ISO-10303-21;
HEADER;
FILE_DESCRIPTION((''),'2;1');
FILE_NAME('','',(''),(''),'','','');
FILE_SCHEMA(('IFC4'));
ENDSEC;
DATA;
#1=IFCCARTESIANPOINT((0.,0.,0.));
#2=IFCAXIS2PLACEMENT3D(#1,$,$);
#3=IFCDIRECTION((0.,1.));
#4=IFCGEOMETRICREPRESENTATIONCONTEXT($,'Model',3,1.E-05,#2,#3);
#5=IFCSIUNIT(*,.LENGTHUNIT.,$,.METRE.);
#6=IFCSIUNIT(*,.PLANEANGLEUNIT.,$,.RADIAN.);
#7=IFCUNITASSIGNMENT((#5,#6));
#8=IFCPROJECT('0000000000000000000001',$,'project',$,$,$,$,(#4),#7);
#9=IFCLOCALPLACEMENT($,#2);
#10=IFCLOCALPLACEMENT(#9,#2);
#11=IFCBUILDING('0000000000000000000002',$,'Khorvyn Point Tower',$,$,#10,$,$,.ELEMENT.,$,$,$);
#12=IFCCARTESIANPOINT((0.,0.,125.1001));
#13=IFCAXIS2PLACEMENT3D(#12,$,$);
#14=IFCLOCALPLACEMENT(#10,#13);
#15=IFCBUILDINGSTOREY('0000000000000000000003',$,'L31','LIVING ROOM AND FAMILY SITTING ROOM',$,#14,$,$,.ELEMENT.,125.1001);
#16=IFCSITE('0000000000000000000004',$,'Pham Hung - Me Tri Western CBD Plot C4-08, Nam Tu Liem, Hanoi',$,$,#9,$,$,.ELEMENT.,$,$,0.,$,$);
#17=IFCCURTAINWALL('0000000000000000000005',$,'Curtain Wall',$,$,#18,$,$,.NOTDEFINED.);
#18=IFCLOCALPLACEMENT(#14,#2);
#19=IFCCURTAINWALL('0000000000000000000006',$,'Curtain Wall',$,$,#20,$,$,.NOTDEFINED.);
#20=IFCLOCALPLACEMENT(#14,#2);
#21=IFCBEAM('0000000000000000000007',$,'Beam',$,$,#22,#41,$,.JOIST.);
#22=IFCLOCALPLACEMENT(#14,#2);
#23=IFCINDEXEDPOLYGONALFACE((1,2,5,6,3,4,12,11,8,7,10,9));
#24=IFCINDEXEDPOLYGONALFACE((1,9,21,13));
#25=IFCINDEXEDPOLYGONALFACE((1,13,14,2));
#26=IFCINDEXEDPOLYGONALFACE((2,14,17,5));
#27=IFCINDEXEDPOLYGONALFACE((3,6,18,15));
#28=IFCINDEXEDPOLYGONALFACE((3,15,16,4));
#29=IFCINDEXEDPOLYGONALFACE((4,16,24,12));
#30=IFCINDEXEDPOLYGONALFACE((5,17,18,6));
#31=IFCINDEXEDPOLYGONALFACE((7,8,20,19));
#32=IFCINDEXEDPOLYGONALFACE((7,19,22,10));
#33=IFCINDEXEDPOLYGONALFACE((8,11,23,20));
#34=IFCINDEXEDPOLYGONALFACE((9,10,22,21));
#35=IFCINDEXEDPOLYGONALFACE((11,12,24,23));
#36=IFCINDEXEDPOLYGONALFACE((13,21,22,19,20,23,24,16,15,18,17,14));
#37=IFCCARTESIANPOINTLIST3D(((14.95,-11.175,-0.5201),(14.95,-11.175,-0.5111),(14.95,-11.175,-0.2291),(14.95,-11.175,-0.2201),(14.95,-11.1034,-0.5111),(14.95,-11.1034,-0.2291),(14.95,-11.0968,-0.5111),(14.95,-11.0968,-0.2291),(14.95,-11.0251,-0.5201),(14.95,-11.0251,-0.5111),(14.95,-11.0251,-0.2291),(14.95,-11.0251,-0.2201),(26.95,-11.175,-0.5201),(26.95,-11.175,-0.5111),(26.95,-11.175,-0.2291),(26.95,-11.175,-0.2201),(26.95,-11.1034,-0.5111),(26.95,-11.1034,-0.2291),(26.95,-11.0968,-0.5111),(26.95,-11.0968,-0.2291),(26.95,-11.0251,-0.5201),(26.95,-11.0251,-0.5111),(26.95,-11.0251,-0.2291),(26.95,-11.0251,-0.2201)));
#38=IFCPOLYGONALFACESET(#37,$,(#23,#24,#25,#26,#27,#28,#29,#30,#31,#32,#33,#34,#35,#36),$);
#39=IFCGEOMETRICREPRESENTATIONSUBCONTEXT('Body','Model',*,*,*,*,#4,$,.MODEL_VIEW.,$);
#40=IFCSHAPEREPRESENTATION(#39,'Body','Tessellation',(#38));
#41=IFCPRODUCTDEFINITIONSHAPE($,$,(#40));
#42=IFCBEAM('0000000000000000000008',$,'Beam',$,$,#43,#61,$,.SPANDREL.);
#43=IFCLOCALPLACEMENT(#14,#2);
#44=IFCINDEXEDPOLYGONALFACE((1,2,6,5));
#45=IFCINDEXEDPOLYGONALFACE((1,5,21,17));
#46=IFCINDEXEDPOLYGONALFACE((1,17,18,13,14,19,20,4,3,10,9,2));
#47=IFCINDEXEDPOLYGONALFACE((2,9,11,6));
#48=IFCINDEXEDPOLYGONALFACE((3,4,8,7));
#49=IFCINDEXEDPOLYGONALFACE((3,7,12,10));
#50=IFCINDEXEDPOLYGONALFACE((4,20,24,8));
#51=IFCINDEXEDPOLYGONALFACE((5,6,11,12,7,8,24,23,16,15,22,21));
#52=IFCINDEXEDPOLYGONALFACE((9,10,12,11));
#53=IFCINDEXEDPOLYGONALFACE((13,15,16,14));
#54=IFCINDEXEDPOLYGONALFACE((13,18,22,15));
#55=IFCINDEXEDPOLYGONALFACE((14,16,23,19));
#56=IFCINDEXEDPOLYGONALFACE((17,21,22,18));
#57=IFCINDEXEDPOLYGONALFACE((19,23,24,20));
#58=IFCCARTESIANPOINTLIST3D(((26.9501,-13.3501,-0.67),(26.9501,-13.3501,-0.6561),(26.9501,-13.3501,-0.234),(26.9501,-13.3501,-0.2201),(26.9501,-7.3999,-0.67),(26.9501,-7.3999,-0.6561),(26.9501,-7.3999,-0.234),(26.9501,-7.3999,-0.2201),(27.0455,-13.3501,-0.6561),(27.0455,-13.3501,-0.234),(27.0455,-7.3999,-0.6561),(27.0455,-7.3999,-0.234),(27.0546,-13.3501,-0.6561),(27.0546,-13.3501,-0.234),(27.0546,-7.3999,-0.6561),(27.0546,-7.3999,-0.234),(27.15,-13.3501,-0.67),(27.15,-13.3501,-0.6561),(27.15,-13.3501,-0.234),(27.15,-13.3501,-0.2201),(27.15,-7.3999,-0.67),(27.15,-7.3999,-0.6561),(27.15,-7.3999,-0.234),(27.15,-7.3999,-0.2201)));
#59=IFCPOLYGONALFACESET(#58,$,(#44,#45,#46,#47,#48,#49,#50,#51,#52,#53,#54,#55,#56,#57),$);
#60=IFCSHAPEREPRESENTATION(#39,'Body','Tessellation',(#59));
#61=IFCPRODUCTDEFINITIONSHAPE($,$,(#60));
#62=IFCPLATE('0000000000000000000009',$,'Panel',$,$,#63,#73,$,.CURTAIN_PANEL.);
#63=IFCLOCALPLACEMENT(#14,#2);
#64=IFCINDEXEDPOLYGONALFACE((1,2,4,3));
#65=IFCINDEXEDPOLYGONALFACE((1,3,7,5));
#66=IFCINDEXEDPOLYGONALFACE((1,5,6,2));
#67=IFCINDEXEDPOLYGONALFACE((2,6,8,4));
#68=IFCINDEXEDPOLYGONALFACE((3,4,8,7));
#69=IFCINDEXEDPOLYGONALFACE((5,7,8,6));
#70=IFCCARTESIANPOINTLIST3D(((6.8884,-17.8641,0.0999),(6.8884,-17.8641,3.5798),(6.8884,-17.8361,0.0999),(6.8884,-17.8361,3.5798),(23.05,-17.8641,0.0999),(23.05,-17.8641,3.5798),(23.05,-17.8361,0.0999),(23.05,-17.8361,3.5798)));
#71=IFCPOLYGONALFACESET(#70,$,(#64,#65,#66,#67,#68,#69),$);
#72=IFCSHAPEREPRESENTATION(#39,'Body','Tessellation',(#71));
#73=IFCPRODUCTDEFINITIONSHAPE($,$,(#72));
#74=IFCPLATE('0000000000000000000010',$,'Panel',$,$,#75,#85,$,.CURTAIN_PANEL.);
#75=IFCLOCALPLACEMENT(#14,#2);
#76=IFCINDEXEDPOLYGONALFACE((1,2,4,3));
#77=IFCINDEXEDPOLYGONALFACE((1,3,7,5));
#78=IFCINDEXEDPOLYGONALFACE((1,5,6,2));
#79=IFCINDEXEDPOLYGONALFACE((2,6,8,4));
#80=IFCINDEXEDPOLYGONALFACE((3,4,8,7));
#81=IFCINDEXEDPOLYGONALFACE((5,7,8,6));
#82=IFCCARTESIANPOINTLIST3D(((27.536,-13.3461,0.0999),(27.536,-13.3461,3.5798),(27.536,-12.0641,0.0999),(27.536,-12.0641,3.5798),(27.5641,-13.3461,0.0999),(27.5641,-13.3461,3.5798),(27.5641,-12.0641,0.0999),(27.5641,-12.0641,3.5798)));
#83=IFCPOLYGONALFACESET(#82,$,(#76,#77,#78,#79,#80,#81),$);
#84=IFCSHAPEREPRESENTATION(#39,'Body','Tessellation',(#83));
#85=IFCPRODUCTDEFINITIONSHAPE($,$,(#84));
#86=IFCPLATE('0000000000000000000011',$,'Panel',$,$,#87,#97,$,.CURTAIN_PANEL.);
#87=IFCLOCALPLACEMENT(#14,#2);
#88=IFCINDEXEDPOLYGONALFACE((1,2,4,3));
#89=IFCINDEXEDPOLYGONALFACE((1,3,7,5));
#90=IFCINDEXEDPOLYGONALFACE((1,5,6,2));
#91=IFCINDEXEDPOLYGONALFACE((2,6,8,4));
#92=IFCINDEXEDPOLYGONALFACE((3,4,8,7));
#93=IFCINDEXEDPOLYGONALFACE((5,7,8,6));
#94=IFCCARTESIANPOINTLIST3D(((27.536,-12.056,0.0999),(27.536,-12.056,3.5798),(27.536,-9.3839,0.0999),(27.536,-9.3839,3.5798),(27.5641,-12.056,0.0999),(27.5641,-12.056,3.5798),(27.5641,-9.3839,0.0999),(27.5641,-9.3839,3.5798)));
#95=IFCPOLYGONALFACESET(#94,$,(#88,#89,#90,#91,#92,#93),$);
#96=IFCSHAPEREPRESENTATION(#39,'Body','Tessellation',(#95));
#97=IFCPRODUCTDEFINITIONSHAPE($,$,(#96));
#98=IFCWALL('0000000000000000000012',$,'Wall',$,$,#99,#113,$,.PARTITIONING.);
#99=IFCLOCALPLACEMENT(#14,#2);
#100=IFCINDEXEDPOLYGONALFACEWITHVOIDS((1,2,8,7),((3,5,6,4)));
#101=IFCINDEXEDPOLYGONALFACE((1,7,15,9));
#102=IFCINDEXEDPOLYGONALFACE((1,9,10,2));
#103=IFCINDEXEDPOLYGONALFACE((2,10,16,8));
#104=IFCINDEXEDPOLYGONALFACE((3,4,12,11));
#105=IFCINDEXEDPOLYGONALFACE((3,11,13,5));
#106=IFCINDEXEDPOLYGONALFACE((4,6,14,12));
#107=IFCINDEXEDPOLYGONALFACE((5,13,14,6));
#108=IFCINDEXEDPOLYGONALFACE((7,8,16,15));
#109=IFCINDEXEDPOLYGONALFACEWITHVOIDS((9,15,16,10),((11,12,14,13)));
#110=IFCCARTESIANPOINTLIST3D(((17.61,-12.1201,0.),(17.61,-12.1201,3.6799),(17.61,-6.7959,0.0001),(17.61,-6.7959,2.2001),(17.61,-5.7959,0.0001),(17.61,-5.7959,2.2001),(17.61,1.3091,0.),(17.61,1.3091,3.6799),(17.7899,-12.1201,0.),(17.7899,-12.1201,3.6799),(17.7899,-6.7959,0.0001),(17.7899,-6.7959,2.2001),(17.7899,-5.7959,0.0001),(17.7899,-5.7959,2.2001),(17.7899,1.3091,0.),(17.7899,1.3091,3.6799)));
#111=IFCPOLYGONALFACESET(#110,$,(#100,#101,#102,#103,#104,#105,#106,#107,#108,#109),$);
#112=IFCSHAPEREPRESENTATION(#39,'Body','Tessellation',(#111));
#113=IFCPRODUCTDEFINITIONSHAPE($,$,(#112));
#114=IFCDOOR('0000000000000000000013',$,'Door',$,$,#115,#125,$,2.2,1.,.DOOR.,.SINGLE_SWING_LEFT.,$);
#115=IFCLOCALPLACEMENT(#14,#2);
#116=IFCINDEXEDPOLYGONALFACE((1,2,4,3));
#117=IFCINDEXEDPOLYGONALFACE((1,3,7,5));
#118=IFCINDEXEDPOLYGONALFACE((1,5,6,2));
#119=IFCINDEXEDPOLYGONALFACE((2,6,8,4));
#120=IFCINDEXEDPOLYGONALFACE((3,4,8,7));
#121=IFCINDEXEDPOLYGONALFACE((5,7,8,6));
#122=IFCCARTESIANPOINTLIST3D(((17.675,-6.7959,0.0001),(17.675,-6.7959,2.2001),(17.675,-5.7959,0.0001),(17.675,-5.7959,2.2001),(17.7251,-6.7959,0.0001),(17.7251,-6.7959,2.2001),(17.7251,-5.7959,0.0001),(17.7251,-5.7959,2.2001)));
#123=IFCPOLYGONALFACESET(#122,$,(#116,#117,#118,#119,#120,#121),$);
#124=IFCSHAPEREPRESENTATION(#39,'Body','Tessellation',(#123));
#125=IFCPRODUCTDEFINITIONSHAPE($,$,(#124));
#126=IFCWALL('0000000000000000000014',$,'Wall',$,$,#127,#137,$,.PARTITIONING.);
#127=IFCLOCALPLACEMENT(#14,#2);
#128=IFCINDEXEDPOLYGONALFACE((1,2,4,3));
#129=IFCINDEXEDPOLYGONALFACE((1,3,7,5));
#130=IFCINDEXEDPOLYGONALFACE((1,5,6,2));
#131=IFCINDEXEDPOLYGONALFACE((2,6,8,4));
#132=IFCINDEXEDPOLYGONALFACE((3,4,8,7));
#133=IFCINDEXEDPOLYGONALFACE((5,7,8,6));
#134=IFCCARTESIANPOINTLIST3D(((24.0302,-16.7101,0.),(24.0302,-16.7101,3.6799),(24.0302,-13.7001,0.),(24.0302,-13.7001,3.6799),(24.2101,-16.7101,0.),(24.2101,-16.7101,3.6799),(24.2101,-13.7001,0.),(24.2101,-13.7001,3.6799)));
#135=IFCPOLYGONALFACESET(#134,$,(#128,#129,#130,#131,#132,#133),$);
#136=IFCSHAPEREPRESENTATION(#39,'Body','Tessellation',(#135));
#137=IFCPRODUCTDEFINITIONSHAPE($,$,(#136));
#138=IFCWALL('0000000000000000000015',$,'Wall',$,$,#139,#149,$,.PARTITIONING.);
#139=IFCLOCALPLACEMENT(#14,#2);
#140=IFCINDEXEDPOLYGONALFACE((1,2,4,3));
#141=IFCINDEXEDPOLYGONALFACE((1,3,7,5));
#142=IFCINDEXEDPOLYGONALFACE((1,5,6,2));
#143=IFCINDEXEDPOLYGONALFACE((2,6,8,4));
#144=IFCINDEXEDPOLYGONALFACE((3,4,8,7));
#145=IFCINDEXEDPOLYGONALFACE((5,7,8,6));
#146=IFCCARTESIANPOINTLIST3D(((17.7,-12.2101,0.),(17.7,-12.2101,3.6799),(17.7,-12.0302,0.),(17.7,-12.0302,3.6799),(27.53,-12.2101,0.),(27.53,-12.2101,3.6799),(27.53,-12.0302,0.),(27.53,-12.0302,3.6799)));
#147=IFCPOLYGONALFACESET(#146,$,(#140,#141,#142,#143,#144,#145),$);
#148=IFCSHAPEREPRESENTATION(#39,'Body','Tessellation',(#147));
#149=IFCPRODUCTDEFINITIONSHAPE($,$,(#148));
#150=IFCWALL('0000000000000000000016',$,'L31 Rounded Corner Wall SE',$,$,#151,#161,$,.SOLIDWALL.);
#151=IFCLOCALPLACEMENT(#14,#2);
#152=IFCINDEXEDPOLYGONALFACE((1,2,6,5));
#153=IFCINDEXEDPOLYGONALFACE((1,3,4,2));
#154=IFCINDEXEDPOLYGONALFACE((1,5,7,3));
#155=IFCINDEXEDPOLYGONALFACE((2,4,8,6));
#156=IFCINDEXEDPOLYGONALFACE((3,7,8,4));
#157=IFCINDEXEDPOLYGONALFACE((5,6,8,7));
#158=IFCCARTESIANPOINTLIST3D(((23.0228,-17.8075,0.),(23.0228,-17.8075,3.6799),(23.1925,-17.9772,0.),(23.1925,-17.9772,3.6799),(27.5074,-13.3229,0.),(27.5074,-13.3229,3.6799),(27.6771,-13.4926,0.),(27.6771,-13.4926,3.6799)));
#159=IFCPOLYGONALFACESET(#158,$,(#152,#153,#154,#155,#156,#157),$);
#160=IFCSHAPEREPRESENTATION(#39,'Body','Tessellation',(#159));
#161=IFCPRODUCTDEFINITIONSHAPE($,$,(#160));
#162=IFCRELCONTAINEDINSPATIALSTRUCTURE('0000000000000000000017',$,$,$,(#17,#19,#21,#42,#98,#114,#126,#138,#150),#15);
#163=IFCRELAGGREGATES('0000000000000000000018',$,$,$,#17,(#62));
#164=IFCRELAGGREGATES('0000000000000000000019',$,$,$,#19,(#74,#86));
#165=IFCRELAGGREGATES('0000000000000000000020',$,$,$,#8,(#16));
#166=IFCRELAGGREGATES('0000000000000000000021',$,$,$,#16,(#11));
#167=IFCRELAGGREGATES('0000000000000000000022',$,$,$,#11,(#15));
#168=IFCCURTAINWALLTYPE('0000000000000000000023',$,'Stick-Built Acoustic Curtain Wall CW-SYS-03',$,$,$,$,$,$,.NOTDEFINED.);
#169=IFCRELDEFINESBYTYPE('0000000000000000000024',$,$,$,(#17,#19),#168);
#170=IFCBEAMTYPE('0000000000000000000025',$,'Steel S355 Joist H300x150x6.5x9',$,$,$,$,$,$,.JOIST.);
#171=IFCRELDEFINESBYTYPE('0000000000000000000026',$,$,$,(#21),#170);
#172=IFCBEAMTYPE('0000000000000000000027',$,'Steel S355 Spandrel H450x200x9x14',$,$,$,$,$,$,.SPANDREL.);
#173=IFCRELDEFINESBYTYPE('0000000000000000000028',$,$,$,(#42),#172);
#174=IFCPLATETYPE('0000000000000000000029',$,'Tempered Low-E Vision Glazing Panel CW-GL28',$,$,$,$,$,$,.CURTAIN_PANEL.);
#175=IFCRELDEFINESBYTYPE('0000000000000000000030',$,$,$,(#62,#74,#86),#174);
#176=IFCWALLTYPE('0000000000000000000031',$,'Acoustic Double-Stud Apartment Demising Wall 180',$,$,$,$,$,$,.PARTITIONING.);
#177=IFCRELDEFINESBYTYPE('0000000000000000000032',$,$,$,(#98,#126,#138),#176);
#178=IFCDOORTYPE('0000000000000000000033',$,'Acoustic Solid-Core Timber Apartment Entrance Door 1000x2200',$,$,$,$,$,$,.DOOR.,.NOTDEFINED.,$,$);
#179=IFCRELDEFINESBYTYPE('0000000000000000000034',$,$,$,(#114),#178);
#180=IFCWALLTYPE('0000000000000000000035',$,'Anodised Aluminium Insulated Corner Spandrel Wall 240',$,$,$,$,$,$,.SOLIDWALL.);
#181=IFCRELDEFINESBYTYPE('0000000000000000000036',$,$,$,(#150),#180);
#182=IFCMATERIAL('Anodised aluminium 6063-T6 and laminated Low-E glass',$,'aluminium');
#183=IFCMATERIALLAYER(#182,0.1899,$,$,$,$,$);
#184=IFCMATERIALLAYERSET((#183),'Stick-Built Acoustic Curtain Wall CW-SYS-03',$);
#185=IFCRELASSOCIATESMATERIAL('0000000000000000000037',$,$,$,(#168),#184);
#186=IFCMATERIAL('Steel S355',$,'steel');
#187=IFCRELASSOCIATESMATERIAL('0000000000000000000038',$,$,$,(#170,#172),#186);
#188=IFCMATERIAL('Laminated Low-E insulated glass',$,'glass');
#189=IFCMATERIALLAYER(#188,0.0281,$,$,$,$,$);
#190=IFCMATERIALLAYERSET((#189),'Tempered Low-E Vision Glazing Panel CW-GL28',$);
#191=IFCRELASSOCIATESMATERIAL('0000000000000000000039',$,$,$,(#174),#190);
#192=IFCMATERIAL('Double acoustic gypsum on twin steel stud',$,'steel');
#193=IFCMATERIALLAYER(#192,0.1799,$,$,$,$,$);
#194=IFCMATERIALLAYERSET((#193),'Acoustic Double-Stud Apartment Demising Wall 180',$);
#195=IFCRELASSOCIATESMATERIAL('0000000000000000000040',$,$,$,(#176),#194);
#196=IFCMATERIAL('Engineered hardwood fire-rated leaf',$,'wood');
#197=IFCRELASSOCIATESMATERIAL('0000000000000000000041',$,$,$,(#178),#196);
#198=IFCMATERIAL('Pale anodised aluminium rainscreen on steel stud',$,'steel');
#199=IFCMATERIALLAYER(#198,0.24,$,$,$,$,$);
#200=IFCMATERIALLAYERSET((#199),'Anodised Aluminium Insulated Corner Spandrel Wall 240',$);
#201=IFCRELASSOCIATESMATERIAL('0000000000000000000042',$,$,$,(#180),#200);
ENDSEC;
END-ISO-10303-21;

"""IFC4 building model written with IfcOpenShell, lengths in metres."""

from ifc_helpers import new_model, si_unit, direction, frame, frame_2d, origin, origin_2d, place, context, subcontext, project, spatial, rectangle, i_section, extrude, material, layer, layer_set, material_profile, profile_set, type_object, element, fill, aggregate, save


model = new_model("IFC4")

# Units and contexts
model_context = context("Model", 3, precision=1e-05, world=origin(), true_north=direction((0.0, 1.0)))
body_context = subcontext(model_context, "Body", "Model", "MODEL_VIEW")
ifc_project = project(units=[si_unit("LENGTHUNIT", "METRE"), si_unit("PLANEANGLEUNIT", "RADIAN")], contexts=[model_context])

# Site, building, storey
site_placement = place(None, origin())
site = spatial("IfcSite", under=ifc_project, at=site_placement, Name="Pham Hung - Me Tri Western CBD Plot C4-08, Nam Tu Liem, Hanoi", CompositionType="ELEMENT", RefElevation=0.0)
building_placement = place(site_placement, origin())
building = spatial("IfcBuilding", under=site, at=building_placement, Name="Khorvyn Point Tower", CompositionType="ELEMENT")
storey_placement = place(building_placement, frame((0.0, 0.0, 125.1001)))
storey = spatial("IfcBuildingStorey", under=building, at=storey_placement, Name="L31", Description="LIVING ROOM AND FAMILY SITTING ROOM", CompositionType="ELEMENT", Elevation=125.1001)

# Curtain walls
ifc_material_1 = material(Name="Anodised aluminium 6063-T6 and laminated Low-E glass", Category="aluminium")
ifc_layer_1 = layer(ifc_material_1, 0.1899)
ifc_layer_set_1 = layer_set([ifc_layer_1], Name="Stick-Built Acoustic Curtain Wall CW-SYS-03")
curtain_wall_type = type_object("IfcCurtainWallType", Name="Stick-Built Acoustic Curtain Wall CW-SYS-03", PredefinedType="NOTDEFINED", material=ifc_layer_set_1)
curtain_wall_1_placement = place(storey_placement, origin())
curtain_wall_1 = element("IfcCurtainWall", 1, at=curtain_wall_1_placement, inside=storey, type_object=curtain_wall_type, Name="Curtain Wall", PredefinedType="NOTDEFINED")
curtain_wall_2_placement = place(storey_placement, origin())
curtain_wall_2 = element("IfcCurtainWall", 2, at=curtain_wall_2_placement, inside=storey, type_object=curtain_wall_type, Name="Curtain Wall", PredefinedType="NOTDEFINED")

# Beams
ifc_material_2 = material(Name="Steel S355", Category="steel")
ifc_material_profile_1 = material_profile(ifc_material_2, i_section(OverallWidth=0.1499, OverallDepth=0.3, WebThickness=0.0066, FlangeThickness=0.009, at=origin_2d()))
ifc_profile_set_1 = profile_set([ifc_material_profile_1], Name="Steel S355 H300x150x6.5x9")
beam_type_1 = type_object("IfcBeamType", Name="Steel S355 Joist H300x150x6.5x9", PredefinedType="JOIST", material=ifc_profile_set_1)
beam_1_placement = place(storey_placement, frame((14.95, -11.1001, -0.3701), z_axis=(1.0, 0.0, 0.0), x_axis=(0.0, 1.0, 0.0)))
element("IfcBeam", 3, at=beam_1_placement, inside=storey, type_object=beam_type_1, Name="Beam", PredefinedType="JOIST", context=body_context, shape_type="SweptSolid", body=[
    extrude(i_section(OverallWidth=0.1499, OverallDepth=0.3, WebThickness=0.0066, FlangeThickness=0.009, at=origin_2d()), origin(), (0.0, 0.0, 1.0), 12.0),
])
ifc_material_profile_2 = material_profile(ifc_material_2, i_section(OverallWidth=0.2, OverallDepth=0.45, WebThickness=0.009, FlangeThickness=0.0139, at=origin_2d()))
ifc_profile_set_2 = profile_set([ifc_material_profile_2], Name="Steel S355 H450x200x9x14")
beam_type_2 = type_object("IfcBeamType", Name="Steel S355 Spandrel H450x200x9x14", PredefinedType="SPANDREL", material=ifc_profile_set_2)
beam_2_placement = place(storey_placement, frame((27.05, -13.3501, -0.4451), z_axis=(0.0, 1.0, 0.0), x_axis=(-1.0, 0.0, 0.0)))
element("IfcBeam", 4, at=beam_2_placement, inside=storey, type_object=beam_type_2, Name="Beam", PredefinedType="SPANDREL", context=body_context, shape_type="SweptSolid", body=[
    extrude(i_section(OverallWidth=0.2, OverallDepth=0.45, WebThickness=0.009, FlangeThickness=0.0139, at=origin_2d()), origin(), (0.0, 0.0, 1.0), 5.9502),
])

# Plates
ifc_material_3 = material(Name="Laminated Low-E insulated glass", Category="glass")
ifc_layer_2 = layer(ifc_material_3, 0.0281)
ifc_layer_set_2 = layer_set([ifc_layer_2], Name="Tempered Low-E Vision Glazing Panel CW-GL28")
plate_type = type_object("IfcPlateType", Name="Tempered Low-E Vision Glazing Panel CW-GL28", PredefinedType="CURTAIN_PANEL", material=ifc_layer_set_2)
plate_1_placement = place(storey_placement, frame((14.9692, -17.8501, 0.0999), z_axis=(0.0, 0.0, 1.0), x_axis=(-1.0, 0.0, 0.0)))
plate_1 = element("IfcPlate", 5, at=plate_1_placement, type_object=plate_type, Name="Panel", PredefinedType="CURTAIN_PANEL", context=body_context, shape_type="SweptSolid", body=[
    extrude(rectangle(XDim=16.1616, YDim=0.0281, at=origin_2d()), origin(), (0.0, 0.0, 1.0), 3.48),
])
aggregate(curtain_wall_1, [plate_1])
plate_2_placement = place(storey_placement, frame((27.55, -12.7051, 0.0999), z_axis=(0.0, 0.0, 1.0), x_axis=(0.0, -1.0, 0.0)))
plate_2 = element("IfcPlate", 6, at=plate_2_placement, type_object=plate_type, Name="Panel", PredefinedType="CURTAIN_PANEL", context=body_context, shape_type="SweptSolid", body=[
    extrude(rectangle(XDim=1.282, YDim=0.0281, at=origin_2d()), origin(), (0.0, 0.0, 1.0), 3.48),
])
plate_3_placement = place(storey_placement, frame((27.55, -10.72, 0.0999), z_axis=(0.0, 0.0, 1.0), x_axis=(0.0, -1.0, 0.0)))
plate_3 = element("IfcPlate", 7, at=plate_3_placement, type_object=plate_type, Name="Panel", PredefinedType="CURTAIN_PANEL", context=body_context, shape_type="SweptSolid", body=[
    extrude(rectangle(XDim=2.6721, YDim=0.0281, at=origin_2d()), origin(), (0.0, 0.0, 1.0), 3.48),
])
aggregate(curtain_wall_2, [plate_2, plate_3])

# Wall, opening, door
ifc_material_4 = material(Name="Double acoustic gypsum on twin steel stud", Category="steel")
ifc_layer_3 = layer(ifc_material_4, 0.1799)
ifc_layer_set_3 = layer_set([ifc_layer_3], Name="Acoustic Double-Stud Apartment Demising Wall 180")
wall_type_1 = type_object("IfcWallType", Name="Acoustic Double-Stud Apartment Demising Wall 180", PredefinedType="PARTITIONING", material=ifc_layer_set_3)
wall_1_placement = place(storey_placement, frame((17.7, -12.1201, 0.0), z_axis=(0.0, 0.0, 1.0), x_axis=(0.0, 1.0, 0.0)))
wall_1 = element("IfcWall", 8, at=wall_1_placement, inside=storey, type_object=wall_type_1, Name="Wall", PredefinedType="PARTITIONING", context=body_context, shape_type="SweptSolid", body=[
    extrude(rectangle(XDim=13.4292, YDim=0.1799, at=frame_2d((6.7146, 0.0))), origin(), (0.0, 0.0, 1.0), 3.6799),
])
opening_1_placement = place(wall_1_placement, frame((5.3242, 0.0, 0.0)))
opening_1 = element("IfcOpeningElement", 9, at=opening_1_placement, cuts=wall_1, PredefinedType="OPENING", context=body_context, shape_type="SweptSolid", body=[
    extrude(rectangle(XDim=1.0, YDim=2.2, at=frame_2d((0.5, 1.1001))), frame((0.0, 0.0999, 0.0), z_axis=(0.0, -1.0, 0.0), x_axis=(1.0, 0.0, 0.0)), (0.0, 0.0, 1.0), 0.2),
])
ifc_material_5 = material(Name="Engineered hardwood fire-rated leaf", Category="wood")
door_type_1 = type_object("IfcDoorType", Name="Acoustic Solid-Core Timber Apartment Entrance Door 1000x2200", OperationType="NOTDEFINED", PredefinedType="DOOR", material=ifc_material_5)
door_1_placement = place(opening_1_placement, origin())
door_1 = element("IfcDoor", 10, at=door_1_placement, inside=storey, type_object=door_type_1, Name="Door", OperationType="SINGLE_SWING_LEFT", OverallHeight=2.2, OverallWidth=1.0, PredefinedType="DOOR", context=body_context, shape_type="SweptSolid", body=[
    extrude(rectangle(XDim=1.0, YDim=2.2, at=frame_2d((0.5, 1.1001))), frame((0.0, 0.0249, 0.0), z_axis=(0.0, -1.0, 0.0), x_axis=(1.0, 0.0, 0.0)), (0.0, 0.0, 1.0), 0.05),
])
fill(opening_1, door_1)

# Walls
wall_2_placement = place(storey_placement, frame((24.1201, -16.71, 0.0), z_axis=(0.0, 0.0, 1.0), x_axis=(0.0, 1.0, 0.0)))
element("IfcWall", 11, at=wall_2_placement, inside=storey, type_object=wall_type_1, Name="Wall", PredefinedType="PARTITIONING", context=body_context, shape_type="SweptSolid", body=[
    extrude(rectangle(XDim=3.01, YDim=0.1799, at=frame_2d((1.5049, 0.0))), origin(), (0.0, 0.0, 1.0), 3.6799),
])
wall_3_placement = place(storey_placement, frame((17.7, -12.1201, 0.0), z_axis=(0.0, 0.0, 1.0), x_axis=(1.0, 0.0, 0.0)))
element("IfcWall", 12, at=wall_3_placement, inside=storey, type_object=wall_type_1, Name="Wall", PredefinedType="PARTITIONING", context=body_context, shape_type="SweptSolid", body=[
    extrude(rectangle(XDim=9.8301, YDim=0.1799, at=frame_2d((4.915, 0.0))), origin(), (0.0, 0.0, 1.0), 3.6799),
])
ifc_material_6 = material(Name="Pale anodised aluminium rainscreen on steel stud", Category="steel")
ifc_layer_4 = layer(ifc_material_6, 0.24)
ifc_layer_set_4 = layer_set([ifc_layer_4], Name="Anodised Aluminium Insulated Corner Spandrel Wall 240")
wall_type_2 = type_object("IfcWallType", Name="Anodised Aluminium Insulated Corner Spandrel Wall 240", PredefinedType="SOLIDWALL", material=ifc_layer_set_4)
wall_4_placement = place(storey_placement, frame((27.5923, -13.4077, 0.0), z_axis=(0.0, 0.0, 1.0), x_axis=(-0.707107, -0.707107, 0.0)))
element("IfcWall", 13, at=wall_4_placement, inside=storey, type_object=wall_type_2, Name="L31 Rounded Corner Wall SE", PredefinedType="SOLIDWALL", context=body_context, shape_type="SweptSolid", body=[
    extrude(rectangle(XDim=6.3423, YDim=0.24, at=frame_2d((3.1711, 0.0))), origin(), (0.0, 0.0, 1.0), 3.6799),
])

save(model, "model.ifc")
